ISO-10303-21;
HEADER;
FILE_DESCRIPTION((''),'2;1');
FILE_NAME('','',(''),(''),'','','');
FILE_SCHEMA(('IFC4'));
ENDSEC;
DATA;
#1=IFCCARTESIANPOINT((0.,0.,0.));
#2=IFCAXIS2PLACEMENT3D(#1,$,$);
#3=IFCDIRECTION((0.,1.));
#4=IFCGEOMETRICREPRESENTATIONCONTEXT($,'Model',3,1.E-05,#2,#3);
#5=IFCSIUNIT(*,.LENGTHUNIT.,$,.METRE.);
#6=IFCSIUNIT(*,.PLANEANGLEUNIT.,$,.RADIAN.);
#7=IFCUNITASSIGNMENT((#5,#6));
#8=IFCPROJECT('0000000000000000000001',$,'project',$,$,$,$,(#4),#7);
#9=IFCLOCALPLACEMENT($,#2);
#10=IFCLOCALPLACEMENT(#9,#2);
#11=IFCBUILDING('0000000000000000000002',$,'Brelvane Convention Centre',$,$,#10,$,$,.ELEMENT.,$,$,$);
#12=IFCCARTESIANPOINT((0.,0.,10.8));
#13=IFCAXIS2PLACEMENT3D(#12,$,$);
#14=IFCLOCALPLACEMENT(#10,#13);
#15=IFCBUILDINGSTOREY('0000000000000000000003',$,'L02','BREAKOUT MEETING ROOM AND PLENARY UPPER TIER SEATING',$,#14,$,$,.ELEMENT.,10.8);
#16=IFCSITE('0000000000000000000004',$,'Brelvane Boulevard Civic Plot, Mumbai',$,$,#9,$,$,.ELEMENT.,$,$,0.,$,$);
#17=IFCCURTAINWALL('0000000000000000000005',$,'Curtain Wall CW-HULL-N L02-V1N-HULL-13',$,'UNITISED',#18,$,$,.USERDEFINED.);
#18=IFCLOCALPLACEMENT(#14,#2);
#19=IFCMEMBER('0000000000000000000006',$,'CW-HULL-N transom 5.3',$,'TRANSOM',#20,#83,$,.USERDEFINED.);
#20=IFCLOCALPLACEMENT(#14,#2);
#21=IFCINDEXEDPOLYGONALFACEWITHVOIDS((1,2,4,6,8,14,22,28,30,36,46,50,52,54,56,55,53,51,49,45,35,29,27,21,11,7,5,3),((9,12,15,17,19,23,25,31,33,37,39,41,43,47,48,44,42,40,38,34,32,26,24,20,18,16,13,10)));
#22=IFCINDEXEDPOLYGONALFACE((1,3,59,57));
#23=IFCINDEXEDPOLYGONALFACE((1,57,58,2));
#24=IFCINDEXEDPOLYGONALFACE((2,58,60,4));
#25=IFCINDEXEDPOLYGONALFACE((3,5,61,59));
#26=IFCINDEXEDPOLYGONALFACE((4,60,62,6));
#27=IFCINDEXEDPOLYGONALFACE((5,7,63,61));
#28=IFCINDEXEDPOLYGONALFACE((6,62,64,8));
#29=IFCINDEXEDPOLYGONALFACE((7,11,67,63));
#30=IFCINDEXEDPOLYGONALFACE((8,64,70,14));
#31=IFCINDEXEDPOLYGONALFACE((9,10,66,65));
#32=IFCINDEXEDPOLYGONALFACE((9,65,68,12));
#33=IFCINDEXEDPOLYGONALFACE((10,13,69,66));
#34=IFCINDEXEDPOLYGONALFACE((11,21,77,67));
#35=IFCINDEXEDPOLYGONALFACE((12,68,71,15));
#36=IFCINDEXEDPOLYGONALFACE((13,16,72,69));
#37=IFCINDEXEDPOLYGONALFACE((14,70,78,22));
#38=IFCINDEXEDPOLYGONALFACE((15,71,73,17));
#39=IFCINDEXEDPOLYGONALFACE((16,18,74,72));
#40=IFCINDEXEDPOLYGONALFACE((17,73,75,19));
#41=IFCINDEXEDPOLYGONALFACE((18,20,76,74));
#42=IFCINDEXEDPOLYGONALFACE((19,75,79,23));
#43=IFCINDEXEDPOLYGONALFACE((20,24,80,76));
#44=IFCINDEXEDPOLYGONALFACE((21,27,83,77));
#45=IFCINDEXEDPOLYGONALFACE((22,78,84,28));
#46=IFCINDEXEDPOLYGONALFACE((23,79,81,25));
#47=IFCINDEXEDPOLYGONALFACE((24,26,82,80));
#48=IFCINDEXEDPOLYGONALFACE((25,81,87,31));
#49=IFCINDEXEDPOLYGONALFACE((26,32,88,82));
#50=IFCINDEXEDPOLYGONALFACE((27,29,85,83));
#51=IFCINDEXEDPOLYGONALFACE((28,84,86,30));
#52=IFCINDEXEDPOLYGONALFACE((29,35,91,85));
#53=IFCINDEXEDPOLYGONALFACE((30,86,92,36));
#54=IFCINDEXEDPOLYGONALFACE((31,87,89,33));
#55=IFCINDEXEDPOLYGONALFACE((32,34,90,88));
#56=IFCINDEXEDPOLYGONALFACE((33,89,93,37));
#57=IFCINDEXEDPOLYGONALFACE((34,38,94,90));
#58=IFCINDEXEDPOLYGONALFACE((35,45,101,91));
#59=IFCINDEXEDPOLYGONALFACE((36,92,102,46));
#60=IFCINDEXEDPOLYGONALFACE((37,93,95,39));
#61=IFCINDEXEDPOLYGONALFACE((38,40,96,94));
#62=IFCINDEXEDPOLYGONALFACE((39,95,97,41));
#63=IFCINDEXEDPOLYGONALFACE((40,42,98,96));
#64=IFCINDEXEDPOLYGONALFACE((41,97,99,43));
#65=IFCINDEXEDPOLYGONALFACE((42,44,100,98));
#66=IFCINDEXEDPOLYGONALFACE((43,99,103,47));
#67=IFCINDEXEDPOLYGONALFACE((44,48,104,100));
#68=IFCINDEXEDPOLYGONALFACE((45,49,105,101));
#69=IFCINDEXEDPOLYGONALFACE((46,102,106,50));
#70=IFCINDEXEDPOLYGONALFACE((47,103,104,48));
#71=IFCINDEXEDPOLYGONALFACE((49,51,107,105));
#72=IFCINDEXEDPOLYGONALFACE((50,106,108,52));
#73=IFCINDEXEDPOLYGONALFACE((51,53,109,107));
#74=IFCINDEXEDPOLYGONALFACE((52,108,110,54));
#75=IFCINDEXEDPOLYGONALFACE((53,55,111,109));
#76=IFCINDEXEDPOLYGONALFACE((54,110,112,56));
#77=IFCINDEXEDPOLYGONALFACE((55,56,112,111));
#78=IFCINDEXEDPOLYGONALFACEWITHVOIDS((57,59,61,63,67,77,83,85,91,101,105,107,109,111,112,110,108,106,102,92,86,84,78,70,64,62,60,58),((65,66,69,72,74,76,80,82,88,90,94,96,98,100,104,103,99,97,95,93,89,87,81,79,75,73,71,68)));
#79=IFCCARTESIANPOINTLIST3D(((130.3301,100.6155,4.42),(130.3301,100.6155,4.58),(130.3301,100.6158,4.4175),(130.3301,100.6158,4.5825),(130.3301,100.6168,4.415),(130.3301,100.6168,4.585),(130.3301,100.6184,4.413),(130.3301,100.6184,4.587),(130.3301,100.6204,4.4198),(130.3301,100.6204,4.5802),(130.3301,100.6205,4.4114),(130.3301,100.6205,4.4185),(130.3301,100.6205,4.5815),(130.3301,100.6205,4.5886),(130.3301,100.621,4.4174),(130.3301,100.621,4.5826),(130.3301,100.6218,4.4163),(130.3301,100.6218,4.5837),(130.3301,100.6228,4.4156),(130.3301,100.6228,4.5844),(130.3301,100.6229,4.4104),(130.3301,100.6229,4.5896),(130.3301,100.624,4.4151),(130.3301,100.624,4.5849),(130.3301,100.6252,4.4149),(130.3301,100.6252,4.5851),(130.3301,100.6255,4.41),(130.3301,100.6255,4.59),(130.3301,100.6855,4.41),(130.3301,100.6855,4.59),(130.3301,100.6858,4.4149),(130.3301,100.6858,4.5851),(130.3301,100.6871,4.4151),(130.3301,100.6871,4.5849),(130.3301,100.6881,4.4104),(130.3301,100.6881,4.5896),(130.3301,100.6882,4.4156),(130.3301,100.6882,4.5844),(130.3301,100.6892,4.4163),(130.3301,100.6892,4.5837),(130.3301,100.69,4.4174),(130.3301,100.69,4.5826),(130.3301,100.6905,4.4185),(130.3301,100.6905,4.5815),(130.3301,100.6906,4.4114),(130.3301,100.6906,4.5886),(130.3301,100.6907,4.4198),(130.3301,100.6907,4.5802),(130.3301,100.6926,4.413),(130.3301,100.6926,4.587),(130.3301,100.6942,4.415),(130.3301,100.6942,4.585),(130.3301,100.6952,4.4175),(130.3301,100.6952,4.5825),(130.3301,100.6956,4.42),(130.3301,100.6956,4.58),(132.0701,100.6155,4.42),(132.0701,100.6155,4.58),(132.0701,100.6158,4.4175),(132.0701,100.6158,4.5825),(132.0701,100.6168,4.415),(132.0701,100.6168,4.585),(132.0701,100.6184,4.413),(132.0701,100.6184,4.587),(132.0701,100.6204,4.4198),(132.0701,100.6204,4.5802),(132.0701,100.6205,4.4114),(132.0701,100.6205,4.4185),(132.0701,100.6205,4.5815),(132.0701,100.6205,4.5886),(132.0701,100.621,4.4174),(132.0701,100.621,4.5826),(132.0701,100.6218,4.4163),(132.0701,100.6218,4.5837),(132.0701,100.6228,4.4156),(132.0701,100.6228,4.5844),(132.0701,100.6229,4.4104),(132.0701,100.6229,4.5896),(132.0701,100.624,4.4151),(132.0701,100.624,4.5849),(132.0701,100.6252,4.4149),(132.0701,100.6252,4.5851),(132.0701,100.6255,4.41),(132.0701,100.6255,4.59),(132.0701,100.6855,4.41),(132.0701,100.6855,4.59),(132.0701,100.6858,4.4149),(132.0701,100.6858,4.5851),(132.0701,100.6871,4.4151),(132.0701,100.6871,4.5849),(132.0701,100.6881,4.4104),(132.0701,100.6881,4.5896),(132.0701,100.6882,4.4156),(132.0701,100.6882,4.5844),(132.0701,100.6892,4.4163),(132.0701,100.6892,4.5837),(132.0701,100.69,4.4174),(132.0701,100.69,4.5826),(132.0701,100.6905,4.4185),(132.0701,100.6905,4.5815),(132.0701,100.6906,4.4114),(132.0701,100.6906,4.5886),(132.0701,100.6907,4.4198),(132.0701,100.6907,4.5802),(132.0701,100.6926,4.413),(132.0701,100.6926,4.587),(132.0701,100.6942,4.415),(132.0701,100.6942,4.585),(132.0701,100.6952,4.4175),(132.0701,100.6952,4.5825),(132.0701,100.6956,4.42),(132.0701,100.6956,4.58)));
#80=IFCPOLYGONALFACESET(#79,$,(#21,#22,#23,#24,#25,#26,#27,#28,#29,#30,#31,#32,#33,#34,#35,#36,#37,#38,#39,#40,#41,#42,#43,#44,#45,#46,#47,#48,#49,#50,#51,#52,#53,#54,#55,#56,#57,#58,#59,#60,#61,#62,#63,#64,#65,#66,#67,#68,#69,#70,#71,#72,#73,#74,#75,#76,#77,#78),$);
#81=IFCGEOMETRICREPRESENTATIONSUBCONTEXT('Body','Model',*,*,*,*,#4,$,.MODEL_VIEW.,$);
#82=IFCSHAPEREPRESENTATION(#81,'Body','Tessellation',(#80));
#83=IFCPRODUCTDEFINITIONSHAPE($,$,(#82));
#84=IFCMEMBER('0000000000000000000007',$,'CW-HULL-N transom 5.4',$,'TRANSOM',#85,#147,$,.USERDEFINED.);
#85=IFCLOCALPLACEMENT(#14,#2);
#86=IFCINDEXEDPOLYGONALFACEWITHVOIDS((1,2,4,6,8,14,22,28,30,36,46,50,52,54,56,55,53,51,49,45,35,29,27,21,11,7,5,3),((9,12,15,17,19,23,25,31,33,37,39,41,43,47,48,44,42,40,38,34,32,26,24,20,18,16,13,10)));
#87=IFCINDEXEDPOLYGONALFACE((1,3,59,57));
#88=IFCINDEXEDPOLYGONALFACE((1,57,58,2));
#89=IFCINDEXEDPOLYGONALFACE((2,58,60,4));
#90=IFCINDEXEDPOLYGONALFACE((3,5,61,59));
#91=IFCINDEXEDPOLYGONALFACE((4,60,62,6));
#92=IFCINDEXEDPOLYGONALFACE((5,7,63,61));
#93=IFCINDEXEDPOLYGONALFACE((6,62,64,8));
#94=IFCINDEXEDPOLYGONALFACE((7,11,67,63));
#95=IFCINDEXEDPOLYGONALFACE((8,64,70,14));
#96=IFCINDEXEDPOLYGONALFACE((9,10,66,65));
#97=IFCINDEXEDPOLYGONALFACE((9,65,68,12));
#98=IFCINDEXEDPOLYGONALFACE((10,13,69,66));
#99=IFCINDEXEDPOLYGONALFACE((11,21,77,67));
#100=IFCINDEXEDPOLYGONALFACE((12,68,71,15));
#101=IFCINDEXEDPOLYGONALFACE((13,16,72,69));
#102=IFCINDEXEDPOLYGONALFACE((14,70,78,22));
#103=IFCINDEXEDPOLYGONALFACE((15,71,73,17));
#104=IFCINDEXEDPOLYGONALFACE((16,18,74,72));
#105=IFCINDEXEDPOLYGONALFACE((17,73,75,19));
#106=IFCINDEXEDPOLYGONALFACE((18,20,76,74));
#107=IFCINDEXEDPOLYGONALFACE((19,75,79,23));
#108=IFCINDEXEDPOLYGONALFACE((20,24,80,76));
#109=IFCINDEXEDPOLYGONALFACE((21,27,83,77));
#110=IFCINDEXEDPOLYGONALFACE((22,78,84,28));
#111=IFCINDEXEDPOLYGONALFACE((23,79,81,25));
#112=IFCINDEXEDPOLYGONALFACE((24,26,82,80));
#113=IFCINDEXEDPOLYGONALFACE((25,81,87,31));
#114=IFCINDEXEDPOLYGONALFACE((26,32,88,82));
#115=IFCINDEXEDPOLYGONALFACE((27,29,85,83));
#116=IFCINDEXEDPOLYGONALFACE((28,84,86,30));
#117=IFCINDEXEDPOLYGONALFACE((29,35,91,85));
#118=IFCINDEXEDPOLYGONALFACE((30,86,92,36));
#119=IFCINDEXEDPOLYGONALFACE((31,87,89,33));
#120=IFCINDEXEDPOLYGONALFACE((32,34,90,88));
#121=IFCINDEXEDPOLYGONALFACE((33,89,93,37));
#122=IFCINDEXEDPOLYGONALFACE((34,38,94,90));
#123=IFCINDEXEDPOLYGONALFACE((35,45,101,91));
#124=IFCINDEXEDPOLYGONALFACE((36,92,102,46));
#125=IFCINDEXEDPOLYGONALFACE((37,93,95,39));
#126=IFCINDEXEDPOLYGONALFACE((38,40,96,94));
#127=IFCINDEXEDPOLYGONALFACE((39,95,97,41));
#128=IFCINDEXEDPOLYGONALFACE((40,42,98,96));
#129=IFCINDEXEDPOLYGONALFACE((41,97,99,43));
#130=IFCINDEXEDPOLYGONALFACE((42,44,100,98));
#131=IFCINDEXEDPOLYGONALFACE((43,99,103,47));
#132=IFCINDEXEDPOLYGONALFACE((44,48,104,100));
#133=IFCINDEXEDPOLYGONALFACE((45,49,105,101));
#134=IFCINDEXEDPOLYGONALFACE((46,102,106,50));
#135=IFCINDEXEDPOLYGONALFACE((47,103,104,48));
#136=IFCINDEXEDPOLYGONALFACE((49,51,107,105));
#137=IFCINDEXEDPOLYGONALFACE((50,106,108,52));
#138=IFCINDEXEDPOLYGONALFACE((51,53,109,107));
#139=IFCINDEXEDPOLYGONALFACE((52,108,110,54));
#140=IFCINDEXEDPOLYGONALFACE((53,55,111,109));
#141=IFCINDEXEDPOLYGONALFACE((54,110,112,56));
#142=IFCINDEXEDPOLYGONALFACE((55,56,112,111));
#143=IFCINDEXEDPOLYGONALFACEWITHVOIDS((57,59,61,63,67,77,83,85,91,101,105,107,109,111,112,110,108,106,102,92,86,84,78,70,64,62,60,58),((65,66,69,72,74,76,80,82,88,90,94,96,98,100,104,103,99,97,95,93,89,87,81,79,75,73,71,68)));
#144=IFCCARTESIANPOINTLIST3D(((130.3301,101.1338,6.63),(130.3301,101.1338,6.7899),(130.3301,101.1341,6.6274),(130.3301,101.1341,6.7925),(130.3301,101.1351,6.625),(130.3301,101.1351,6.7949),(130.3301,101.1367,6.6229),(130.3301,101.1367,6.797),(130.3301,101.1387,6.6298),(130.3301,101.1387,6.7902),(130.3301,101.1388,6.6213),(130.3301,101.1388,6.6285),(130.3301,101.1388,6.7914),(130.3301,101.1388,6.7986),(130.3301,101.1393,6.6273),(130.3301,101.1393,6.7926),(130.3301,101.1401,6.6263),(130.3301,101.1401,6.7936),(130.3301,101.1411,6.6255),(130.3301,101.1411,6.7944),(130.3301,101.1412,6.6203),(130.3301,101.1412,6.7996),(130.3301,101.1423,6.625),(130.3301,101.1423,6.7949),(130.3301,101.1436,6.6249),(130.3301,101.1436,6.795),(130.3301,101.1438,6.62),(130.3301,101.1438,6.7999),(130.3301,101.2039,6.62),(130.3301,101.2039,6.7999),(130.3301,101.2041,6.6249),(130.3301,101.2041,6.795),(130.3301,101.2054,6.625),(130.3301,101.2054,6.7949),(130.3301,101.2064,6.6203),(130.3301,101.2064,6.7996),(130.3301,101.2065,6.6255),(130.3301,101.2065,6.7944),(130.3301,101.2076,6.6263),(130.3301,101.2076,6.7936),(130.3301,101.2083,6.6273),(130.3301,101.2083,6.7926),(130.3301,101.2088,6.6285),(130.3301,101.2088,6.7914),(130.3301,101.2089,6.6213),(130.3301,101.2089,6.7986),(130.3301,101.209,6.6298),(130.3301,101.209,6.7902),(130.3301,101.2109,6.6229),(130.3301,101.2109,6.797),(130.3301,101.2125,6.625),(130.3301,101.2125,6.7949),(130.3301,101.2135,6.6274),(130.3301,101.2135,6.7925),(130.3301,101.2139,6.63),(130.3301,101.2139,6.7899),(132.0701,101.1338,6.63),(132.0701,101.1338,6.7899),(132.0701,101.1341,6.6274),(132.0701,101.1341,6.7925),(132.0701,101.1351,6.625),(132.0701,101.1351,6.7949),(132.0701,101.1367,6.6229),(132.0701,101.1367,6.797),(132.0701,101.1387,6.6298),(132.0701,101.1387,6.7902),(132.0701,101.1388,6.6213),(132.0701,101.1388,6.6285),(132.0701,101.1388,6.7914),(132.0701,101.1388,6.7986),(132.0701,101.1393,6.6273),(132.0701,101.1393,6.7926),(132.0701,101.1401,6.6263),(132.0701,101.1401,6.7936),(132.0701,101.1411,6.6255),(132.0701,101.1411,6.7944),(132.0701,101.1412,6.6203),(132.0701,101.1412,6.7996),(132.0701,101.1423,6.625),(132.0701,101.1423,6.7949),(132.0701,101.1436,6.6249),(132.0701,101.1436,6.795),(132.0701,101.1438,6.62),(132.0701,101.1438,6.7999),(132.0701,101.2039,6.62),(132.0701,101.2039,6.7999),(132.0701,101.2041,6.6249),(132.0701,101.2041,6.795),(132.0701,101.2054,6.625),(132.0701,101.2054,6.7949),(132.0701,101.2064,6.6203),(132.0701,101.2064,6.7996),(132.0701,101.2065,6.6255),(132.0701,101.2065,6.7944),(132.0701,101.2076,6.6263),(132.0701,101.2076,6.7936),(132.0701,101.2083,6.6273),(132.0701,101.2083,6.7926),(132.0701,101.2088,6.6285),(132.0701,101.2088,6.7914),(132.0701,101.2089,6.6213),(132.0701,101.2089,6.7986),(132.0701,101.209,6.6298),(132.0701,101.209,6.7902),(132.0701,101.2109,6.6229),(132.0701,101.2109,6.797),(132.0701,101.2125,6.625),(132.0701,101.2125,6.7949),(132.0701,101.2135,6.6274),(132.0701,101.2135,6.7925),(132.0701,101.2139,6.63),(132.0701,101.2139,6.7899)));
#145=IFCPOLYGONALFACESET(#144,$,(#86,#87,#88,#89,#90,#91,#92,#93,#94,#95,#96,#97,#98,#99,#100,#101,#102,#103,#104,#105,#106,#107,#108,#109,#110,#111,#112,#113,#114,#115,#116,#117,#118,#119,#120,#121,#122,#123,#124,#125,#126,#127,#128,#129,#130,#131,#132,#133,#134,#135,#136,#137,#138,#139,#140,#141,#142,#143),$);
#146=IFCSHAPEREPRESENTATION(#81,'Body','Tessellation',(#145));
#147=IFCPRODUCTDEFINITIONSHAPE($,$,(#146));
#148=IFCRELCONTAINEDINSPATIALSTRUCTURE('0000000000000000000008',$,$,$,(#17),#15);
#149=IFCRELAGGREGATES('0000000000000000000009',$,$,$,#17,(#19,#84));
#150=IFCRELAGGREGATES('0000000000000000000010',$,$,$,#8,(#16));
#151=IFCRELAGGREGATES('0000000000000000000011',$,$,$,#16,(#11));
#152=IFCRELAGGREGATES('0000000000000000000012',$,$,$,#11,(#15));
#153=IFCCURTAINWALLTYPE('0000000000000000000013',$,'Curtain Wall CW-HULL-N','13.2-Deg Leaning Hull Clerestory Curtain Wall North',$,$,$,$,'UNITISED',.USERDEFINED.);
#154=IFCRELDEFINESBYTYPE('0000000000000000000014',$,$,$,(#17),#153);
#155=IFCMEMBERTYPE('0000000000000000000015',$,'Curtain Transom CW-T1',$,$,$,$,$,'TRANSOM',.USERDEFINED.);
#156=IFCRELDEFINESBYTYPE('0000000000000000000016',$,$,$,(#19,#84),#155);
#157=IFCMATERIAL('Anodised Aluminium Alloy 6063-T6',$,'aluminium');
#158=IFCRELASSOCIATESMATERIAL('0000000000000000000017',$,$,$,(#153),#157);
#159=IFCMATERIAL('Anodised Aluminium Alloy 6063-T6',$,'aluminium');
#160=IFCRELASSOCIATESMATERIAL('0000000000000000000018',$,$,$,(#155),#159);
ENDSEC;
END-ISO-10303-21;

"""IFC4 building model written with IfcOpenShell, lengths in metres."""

from ifc_helpers import new_model, si_unit, direction, frame, origin, origin_2d, place, context, subcontext, project, spatial, hollow_rectangle, extrude, material, material_profile, profile_set, type_object, element, aggregate, save


model = new_model("IFC4")

# Units and contexts
model_context = context("Model", 3, precision=1e-05, world=origin(), true_north=direction((0.0, 1.0)))
body_context = subcontext(model_context, "Body", "Model", "MODEL_VIEW")
ifc_project = project(units=[si_unit("LENGTHUNIT", "METRE"), si_unit("PLANEANGLEUNIT", "RADIAN")], contexts=[model_context])

# Site, building, storey
site_placement = place(None, origin())
site = spatial("IfcSite", under=ifc_project, at=site_placement, Name="Brelvane Boulevard Civic Plot, Mumbai", CompositionType="ELEMENT", RefElevation=0.0)
building_placement = place(site_placement, origin())
building = spatial("IfcBuilding", under=site, at=building_placement, Name="Brelvane Convention Centre", CompositionType="ELEMENT")
storey_placement = place(building_placement, frame((0.0, 0.0, 10.8)))
storey = spatial("IfcBuildingStorey", under=building, at=storey_placement, Name="L02", Description="BREAKOUT MEETING ROOM AND PLENARY UPPER TIER SEATING", CompositionType="ELEMENT", Elevation=10.8)

# Curtain wall, members
ifc_material_1 = material(Name="Anodised Aluminium Alloy 6063-T6", Category="aluminium")
curtain_wall_type_1 = type_object("IfcCurtainWallType", Name="Curtain Wall CW-HULL-N", Description="13.2-Deg Leaning Hull Clerestory Curtain Wall North", ElementType="UNITISED", PredefinedType="USERDEFINED", material=ifc_material_1)
curtain_wall_1_placement = place(storey_placement, origin())
curtain_wall_1 = element("IfcCurtainWall", 1, at=curtain_wall_1_placement, inside=storey, type_object=curtain_wall_type_1, Name="Curtain Wall CW-HULL-N L02-V1N-HULL-13", ObjectType="UNITISED", PredefinedType="USERDEFINED")
ifc_material_2 = material(Name="Anodised Aluminium Alloy 6063-T6", Category="aluminium")
ifc_material_profile_1 = material_profile(ifc_material_2, hollow_rectangle(XDim=0.0801, YDim=0.1799, WallThickness=0.0049, InnerFilletRadius=0.0049, OuterFilletRadius=0.01, at=origin_2d()), Name="ALU-T 180x80x5.0")
ifc_profile_set_1 = profile_set([ifc_material_profile_1], Name="Anodised Aluminium Alloy 6063-T6")
member_type_1 = type_object("IfcMemberType", Name="Curtain Transom CW-T1", ElementType="TRANSOM", PredefinedType="USERDEFINED", material=ifc_profile_set_1)
member_1_placement = place(storey_placement, frame((130.3301, 100.6555, 4.5), z_axis=(1.0, 0.0, 0.0), x_axis=(0.0, 1.0, 0.0)))
member_1 = element("IfcMember", 2, at=member_1_placement, type_object=member_type_1, Name="CW-HULL-N transom 5.3", ObjectType="TRANSOM", PredefinedType="USERDEFINED", context=body_context, shape_type="SweptSolid", body=[
    extrude(hollow_rectangle(XDim=0.0801, YDim=0.1799, WallThickness=0.0049, InnerFilletRadius=0.0049, OuterFilletRadius=0.01, at=origin_2d()), origin(), (0.0, 0.0, 1.0), 1.74),
])
member_2_placement = place(storey_placement, frame((130.3301, 101.1738, 6.71), z_axis=(1.0, 0.0, 0.0), x_axis=(0.0, 1.0, 0.0)))
member_2 = element("IfcMember", 3, at=member_2_placement, type_object=member_type_1, Name="CW-HULL-N transom 5.4", ObjectType="TRANSOM", PredefinedType="USERDEFINED", context=body_context, shape_type="SweptSolid", body=[
    extrude(hollow_rectangle(XDim=0.0801, YDim=0.1799, WallThickness=0.0049, InnerFilletRadius=0.0049, OuterFilletRadius=0.01, at=origin_2d()), origin(), (0.0, 0.0, 1.0), 1.74),
])

aggregate(curtain_wall_1, [member_1, member_2])

save(model, "model.ifc")
